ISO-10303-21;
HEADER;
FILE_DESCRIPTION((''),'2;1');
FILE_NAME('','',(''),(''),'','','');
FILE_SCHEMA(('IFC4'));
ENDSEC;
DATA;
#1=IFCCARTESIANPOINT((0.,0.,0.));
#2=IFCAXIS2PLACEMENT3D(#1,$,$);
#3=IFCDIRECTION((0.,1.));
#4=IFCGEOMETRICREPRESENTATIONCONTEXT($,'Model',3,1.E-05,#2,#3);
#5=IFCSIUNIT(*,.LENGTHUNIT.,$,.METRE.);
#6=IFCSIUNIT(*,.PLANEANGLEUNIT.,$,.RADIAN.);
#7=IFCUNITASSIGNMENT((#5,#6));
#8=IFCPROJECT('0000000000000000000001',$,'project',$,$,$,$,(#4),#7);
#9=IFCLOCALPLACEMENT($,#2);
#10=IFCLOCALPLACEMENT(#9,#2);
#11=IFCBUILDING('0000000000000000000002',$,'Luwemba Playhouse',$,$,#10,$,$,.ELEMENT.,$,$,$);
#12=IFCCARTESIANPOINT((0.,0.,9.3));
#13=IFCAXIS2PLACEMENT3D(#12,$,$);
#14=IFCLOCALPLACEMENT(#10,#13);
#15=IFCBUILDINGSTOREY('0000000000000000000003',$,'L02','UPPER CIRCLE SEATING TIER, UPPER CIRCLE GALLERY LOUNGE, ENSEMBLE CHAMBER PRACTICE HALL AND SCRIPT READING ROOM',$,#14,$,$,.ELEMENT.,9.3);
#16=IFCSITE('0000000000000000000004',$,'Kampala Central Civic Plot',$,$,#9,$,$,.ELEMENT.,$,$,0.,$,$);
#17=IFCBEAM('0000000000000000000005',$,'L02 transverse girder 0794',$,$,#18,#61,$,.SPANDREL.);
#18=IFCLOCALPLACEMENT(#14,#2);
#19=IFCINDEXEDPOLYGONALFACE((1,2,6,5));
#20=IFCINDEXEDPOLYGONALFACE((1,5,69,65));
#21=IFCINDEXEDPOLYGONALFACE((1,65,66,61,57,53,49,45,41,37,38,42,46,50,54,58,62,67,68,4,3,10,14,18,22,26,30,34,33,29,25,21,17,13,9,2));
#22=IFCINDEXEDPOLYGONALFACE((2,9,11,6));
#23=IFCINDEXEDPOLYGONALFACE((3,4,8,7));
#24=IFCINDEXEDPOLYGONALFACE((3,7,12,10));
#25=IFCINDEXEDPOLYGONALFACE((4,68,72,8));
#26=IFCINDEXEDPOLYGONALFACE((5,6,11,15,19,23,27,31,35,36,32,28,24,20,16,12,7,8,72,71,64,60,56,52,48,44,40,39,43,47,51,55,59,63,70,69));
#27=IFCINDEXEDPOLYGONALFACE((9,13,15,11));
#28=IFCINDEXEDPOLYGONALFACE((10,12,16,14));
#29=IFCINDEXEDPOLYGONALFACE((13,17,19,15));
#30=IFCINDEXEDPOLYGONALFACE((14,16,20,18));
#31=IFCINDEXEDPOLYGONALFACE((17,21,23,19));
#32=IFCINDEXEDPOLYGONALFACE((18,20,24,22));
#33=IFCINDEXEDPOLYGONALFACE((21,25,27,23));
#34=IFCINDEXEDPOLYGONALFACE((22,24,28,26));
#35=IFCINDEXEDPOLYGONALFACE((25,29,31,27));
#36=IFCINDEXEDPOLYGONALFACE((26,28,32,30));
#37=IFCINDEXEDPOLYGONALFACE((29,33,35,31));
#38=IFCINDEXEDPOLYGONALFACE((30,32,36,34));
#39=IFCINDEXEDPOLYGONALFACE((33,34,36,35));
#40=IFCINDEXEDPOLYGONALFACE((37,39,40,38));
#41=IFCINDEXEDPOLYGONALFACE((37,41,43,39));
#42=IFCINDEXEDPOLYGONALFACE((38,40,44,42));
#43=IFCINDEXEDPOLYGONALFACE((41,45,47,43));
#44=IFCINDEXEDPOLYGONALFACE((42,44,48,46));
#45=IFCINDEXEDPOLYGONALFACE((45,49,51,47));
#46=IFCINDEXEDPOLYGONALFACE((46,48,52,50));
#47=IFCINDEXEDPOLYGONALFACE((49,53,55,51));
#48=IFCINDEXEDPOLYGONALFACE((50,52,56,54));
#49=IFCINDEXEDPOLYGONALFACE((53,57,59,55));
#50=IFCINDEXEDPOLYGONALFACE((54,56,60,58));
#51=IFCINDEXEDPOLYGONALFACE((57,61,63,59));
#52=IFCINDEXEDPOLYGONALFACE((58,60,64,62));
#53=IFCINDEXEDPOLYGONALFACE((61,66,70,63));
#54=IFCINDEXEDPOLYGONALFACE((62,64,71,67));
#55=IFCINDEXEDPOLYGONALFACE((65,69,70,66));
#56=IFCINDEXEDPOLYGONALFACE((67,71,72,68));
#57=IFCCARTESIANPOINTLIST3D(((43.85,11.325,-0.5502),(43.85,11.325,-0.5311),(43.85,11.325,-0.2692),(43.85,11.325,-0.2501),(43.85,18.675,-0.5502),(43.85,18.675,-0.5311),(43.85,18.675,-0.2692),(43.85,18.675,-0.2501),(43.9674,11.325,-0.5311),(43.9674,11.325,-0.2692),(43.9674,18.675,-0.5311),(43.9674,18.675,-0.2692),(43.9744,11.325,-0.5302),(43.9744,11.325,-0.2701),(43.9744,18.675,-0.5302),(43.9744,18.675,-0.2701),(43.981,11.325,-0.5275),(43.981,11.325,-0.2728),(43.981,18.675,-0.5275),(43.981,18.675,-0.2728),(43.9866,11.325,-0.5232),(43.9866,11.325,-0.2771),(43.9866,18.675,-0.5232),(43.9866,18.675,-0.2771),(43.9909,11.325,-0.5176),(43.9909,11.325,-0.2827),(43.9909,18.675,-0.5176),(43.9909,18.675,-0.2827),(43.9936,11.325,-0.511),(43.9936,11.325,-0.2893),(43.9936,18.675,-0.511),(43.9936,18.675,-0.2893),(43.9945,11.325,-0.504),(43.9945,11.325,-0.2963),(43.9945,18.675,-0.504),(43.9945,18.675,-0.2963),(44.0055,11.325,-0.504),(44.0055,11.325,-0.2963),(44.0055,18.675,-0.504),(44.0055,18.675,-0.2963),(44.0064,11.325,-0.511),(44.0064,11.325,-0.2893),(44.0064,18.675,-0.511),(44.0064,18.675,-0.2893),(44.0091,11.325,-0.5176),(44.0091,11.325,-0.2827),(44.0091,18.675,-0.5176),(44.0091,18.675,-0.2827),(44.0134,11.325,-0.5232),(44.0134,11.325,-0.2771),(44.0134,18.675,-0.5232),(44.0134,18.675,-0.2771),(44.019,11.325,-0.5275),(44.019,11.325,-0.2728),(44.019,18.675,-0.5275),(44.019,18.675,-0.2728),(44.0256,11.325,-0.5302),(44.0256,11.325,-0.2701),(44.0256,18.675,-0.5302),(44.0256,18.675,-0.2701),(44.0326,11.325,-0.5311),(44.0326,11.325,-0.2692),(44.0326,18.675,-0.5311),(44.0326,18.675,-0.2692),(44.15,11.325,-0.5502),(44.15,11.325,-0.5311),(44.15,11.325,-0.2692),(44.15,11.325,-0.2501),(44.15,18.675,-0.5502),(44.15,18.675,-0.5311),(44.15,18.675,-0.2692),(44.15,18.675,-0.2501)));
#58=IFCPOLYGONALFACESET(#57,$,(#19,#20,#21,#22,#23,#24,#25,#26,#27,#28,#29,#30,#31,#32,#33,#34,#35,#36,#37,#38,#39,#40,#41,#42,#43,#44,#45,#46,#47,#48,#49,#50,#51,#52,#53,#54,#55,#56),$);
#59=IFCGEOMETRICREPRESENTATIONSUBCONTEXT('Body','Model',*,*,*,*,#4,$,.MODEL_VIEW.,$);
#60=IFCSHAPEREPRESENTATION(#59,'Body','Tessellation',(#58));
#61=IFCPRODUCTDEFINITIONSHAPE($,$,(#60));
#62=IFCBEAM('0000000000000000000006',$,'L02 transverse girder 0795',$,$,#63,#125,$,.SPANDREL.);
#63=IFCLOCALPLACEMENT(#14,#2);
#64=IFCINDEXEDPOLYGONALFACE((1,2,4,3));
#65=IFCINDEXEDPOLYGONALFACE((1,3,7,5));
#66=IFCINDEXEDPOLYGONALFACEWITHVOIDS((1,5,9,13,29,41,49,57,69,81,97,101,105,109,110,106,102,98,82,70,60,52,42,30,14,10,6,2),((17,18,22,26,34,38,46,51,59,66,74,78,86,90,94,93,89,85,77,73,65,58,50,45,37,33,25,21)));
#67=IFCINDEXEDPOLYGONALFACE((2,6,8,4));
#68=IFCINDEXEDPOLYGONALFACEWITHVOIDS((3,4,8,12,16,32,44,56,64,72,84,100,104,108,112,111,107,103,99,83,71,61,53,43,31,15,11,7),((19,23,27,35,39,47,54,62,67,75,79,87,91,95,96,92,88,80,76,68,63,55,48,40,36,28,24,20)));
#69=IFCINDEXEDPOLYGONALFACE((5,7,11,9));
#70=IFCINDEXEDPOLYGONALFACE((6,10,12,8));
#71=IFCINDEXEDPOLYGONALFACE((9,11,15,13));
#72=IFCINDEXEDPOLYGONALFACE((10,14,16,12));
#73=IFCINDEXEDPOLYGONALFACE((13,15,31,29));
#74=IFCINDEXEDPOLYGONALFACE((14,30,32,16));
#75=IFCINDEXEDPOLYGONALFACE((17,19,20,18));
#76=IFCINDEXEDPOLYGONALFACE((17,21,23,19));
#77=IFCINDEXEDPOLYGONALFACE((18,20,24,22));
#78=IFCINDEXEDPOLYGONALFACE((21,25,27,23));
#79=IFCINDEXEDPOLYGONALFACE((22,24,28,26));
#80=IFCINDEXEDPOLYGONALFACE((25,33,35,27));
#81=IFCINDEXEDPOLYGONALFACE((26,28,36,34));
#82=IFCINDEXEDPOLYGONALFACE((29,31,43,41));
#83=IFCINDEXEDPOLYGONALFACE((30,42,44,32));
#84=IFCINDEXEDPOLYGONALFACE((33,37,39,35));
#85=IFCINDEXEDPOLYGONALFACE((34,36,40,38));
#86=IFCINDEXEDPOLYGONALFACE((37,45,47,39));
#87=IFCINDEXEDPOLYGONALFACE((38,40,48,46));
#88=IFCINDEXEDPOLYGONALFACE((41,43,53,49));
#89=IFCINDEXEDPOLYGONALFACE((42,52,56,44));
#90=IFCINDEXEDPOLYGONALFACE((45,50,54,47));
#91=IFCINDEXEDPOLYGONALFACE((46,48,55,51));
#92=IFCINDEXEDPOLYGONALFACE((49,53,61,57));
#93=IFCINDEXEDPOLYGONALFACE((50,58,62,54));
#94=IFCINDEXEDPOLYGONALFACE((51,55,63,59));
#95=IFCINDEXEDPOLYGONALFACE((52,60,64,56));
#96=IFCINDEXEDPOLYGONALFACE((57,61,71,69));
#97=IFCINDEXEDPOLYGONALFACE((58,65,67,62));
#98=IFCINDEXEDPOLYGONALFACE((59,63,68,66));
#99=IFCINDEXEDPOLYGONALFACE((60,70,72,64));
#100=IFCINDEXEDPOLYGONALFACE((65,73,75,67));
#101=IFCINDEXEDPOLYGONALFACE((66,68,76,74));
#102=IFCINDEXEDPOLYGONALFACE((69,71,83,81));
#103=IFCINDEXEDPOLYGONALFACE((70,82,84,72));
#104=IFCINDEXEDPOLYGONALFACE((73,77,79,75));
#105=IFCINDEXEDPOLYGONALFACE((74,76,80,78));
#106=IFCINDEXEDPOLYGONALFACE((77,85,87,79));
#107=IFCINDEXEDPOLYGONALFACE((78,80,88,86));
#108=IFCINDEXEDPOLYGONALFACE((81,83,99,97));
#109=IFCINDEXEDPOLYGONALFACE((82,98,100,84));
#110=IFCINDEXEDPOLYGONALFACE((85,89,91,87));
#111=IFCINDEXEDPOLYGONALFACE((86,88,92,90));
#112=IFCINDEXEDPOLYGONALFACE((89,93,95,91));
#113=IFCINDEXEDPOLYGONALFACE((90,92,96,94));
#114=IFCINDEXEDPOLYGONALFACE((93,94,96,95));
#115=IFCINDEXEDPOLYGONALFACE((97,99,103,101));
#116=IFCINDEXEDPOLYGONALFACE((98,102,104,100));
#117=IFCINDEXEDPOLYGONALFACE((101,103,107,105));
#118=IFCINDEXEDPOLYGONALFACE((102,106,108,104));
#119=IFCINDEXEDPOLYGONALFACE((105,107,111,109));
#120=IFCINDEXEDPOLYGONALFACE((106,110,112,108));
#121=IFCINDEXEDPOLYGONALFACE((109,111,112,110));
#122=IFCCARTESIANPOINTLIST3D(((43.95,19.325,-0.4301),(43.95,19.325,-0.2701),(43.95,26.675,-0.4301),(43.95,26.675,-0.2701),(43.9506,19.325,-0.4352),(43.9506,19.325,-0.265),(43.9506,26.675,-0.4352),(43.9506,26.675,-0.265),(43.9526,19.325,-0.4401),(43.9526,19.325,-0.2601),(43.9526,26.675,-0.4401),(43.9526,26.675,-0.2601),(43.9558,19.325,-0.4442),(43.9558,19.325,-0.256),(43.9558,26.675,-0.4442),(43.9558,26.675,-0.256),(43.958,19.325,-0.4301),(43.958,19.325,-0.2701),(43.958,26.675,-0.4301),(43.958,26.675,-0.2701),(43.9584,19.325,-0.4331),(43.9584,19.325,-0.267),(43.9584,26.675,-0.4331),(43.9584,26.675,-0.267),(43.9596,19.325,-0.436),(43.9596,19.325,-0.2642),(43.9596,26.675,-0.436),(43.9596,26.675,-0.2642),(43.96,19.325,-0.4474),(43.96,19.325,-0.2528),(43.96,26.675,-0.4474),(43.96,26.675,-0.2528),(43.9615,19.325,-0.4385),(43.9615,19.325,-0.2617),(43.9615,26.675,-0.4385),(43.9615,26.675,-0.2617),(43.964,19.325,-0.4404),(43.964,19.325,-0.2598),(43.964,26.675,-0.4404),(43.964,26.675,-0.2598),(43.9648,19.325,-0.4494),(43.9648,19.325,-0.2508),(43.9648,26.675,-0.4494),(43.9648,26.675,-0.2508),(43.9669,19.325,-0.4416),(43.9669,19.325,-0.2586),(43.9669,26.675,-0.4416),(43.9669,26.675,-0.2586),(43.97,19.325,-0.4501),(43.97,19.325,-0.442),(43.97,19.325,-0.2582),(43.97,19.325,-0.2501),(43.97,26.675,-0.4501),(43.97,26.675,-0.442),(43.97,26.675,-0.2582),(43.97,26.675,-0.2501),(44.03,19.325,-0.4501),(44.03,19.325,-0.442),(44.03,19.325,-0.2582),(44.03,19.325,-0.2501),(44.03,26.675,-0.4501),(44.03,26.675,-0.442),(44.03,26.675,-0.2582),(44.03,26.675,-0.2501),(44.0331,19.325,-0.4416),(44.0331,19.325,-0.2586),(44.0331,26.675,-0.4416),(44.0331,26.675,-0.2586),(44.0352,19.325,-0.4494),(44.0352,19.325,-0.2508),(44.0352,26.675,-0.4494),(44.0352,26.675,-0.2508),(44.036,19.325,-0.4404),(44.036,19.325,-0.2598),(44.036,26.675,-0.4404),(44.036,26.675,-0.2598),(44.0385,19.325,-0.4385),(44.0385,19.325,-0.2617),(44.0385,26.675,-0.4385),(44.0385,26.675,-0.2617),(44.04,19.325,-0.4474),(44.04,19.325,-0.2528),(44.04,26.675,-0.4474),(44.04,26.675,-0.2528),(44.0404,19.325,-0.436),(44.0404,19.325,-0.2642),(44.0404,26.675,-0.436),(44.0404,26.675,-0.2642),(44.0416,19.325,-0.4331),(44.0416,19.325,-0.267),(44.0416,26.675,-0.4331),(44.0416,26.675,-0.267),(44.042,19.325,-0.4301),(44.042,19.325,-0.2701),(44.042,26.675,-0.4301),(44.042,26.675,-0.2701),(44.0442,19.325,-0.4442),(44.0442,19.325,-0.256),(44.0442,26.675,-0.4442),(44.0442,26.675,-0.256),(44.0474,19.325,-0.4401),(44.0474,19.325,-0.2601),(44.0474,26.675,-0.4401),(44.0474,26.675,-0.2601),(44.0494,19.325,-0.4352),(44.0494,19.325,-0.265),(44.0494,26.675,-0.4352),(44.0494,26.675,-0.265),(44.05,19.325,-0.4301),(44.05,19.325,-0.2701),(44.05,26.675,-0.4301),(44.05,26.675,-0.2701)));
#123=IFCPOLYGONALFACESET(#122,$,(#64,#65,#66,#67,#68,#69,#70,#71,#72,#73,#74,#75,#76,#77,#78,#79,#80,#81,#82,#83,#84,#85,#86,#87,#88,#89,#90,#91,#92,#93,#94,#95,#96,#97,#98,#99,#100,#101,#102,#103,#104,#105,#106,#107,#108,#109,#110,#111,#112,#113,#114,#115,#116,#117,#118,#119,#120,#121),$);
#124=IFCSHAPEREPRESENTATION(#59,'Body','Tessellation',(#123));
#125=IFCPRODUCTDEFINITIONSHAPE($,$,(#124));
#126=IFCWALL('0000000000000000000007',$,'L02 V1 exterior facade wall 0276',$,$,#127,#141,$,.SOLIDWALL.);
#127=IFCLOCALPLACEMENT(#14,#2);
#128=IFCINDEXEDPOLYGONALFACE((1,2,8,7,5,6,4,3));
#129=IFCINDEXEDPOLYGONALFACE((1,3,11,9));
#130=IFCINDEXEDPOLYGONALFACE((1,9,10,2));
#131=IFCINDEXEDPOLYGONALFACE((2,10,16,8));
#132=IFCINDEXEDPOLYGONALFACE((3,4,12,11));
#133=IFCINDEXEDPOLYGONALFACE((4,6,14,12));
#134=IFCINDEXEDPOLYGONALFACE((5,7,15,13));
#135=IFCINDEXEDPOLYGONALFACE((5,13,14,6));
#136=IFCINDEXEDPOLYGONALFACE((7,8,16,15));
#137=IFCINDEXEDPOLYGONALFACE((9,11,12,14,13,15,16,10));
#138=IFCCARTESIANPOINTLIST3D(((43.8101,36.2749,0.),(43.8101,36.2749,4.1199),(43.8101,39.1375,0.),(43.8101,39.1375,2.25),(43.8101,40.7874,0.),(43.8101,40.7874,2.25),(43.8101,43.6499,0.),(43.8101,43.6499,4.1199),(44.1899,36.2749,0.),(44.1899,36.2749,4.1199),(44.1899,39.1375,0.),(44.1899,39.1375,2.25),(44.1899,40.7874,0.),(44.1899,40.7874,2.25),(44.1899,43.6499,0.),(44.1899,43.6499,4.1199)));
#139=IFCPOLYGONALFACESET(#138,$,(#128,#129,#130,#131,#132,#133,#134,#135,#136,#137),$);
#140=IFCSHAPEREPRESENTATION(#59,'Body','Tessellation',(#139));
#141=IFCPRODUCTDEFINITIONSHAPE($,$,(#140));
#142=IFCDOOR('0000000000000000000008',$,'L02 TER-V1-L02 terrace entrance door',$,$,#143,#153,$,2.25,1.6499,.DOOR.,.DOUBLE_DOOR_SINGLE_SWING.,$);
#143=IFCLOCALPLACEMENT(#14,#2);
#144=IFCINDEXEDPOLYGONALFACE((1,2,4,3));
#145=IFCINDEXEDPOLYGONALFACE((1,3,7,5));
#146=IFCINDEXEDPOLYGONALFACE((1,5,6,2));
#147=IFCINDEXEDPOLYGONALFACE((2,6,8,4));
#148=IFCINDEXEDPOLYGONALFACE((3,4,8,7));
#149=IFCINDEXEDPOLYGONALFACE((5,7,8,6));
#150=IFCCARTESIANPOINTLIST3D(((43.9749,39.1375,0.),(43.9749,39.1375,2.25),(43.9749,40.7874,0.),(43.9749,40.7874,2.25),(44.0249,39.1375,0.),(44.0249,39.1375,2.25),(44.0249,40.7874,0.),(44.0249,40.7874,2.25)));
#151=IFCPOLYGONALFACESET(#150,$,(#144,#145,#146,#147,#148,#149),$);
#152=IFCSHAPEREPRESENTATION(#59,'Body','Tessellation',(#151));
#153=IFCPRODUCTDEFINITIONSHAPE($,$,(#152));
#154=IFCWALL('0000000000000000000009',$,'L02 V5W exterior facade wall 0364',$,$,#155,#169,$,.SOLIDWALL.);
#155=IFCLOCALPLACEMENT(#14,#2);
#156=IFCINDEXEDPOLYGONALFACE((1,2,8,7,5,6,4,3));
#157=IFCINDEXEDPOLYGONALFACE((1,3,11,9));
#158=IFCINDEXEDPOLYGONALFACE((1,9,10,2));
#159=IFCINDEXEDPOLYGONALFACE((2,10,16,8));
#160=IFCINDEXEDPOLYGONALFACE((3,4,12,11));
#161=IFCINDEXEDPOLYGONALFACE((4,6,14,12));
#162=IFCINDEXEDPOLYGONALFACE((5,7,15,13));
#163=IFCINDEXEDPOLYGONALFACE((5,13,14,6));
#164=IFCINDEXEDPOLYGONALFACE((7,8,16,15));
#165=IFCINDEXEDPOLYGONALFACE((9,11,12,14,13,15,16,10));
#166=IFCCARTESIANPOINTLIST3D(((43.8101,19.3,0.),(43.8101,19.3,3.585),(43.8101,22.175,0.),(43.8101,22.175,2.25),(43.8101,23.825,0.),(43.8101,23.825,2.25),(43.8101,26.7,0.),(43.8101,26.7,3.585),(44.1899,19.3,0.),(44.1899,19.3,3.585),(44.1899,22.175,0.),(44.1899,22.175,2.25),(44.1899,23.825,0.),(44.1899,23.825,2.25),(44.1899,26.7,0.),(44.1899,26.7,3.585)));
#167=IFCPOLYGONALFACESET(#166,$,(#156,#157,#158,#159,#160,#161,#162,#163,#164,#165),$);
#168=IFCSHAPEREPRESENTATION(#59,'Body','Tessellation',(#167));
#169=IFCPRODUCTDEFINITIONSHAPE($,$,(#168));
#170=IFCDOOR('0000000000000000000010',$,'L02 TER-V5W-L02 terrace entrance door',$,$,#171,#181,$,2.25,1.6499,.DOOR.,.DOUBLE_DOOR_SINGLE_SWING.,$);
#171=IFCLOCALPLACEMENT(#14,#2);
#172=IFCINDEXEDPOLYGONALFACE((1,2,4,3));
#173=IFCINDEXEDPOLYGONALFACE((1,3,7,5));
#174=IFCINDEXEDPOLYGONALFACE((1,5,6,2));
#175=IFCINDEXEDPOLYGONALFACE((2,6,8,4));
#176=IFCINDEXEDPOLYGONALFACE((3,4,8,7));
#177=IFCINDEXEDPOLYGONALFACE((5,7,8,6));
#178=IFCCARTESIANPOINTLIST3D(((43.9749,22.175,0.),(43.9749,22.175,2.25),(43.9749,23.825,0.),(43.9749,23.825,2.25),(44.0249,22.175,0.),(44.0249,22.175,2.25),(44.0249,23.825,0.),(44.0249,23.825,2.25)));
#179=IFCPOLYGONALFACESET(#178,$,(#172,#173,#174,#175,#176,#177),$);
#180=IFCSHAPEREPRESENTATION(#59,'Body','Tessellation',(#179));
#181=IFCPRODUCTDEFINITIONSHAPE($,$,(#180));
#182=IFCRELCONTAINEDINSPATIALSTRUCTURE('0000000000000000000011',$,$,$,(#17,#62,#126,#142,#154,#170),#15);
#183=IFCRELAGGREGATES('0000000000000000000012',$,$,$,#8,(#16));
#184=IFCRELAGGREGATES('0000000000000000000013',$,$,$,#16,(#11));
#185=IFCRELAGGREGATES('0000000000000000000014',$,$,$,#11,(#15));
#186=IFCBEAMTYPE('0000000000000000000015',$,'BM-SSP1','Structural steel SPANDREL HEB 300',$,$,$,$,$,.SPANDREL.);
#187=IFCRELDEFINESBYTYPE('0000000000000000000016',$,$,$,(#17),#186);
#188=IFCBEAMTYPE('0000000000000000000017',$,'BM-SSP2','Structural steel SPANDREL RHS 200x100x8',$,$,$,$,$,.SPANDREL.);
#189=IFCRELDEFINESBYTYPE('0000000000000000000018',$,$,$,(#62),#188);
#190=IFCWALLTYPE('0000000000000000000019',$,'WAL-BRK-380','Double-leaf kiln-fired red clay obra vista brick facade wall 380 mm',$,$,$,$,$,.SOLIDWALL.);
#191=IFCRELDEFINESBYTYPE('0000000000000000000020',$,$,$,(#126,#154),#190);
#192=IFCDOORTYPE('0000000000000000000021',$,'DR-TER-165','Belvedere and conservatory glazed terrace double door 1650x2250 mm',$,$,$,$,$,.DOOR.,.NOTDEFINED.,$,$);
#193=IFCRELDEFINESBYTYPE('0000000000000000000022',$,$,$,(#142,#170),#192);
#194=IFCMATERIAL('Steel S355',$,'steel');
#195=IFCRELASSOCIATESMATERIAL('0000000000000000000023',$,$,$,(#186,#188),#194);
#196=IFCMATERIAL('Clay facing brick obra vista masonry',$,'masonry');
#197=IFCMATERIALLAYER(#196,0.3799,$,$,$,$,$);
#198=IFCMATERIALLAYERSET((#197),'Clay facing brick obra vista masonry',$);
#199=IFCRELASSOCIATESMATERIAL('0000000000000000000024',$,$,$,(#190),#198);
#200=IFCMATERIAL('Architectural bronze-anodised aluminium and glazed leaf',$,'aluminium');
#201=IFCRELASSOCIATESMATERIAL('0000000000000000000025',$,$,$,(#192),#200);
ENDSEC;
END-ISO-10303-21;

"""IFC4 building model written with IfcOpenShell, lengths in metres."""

from ifc_helpers import new_model, si_unit, direction, frame, frame_2d, origin, origin_2d, place, context, subcontext, project, spatial, rectangle, hollow_rectangle, i_section, extrude, material, layer, layer_set, material_profile, profile_set, type_object, element, fill, save


model = new_model("IFC4")

# Units and contexts
model_context = context("Model", 3, precision=1e-05, world=origin(), true_north=direction((0.0, 1.0)))
body_context = subcontext(model_context, "Body", "Model", "MODEL_VIEW")
ifc_project = project(units=[si_unit("LENGTHUNIT", "METRE"), si_unit("PLANEANGLEUNIT", "RADIAN")], contexts=[model_context])

# Site, building, storey
site_placement = place(None, origin())
site = spatial("IfcSite", under=ifc_project, at=site_placement, Name="Kampala Central Civic Plot", CompositionType="ELEMENT", RefElevation=0.0)
building_placement = place(site_placement, origin())
building = spatial("IfcBuilding", under=site, at=building_placement, Name="Luwemba Playhouse", CompositionType="ELEMENT")
storey_placement = place(building_placement, frame((0.0, 0.0, 9.3)))
storey = spatial("IfcBuildingStorey", under=building, at=storey_placement, Name="L02", Description="UPPER CIRCLE SEATING TIER, UPPER CIRCLE GALLERY LOUNGE, ENSEMBLE CHAMBER PRACTICE HALL AND SCRIPT READING ROOM", CompositionType="ELEMENT", Elevation=9.3)

# Shared definitions
ifc_material_1 = material(Name="Steel S355", Category="steel")

# Beams
ifc_material_profile_1 = material_profile(ifc_material_1, i_section(OverallWidth=0.3, OverallDepth=0.3, WebThickness=0.011, FlangeThickness=0.019, FilletRadius=0.0271, at=origin_2d()))
ifc_profile_set_1 = profile_set([ifc_material_profile_1], Name="Steel S355")
beam_type_1 = type_object("IfcBeamType", Name="BM-SSP1", Description="Structural steel SPANDREL HEB 300", PredefinedType="SPANDREL", material=ifc_profile_set_1)
beam_1_placement = place(storey_placement, frame((44.0, 11.325, -0.4001), z_axis=(0.0, 1.0, 0.0), x_axis=(-1.0, 0.0, 0.0)))
element("IfcBeam", 1, at=beam_1_placement, inside=storey, type_object=beam_type_1, Name="L02 transverse girder 0794", PredefinedType="SPANDREL", context=body_context, shape_type="SweptSolid", body=[
    extrude(i_section(OverallWidth=0.3, OverallDepth=0.3, WebThickness=0.011, FlangeThickness=0.019, FilletRadius=0.0271, at=origin_2d()), origin(), (0.0, 0.0, 1.0), 7.3501),
])
ifc_material_profile_2 = material_profile(ifc_material_1, hollow_rectangle(XDim=0.1001, YDim=0.2, WallThickness=0.0081, InnerFilletRadius=0.012, OuterFilletRadius=0.02, at=origin_2d()))
ifc_profile_set_2 = profile_set([ifc_material_profile_2], Name="Steel S355")
beam_type_2 = type_object("IfcBeamType", Name="BM-SSP2", Description="Structural steel SPANDREL RHS 200x100x8", PredefinedType="SPANDREL", material=ifc_profile_set_2)
beam_2_placement = place(storey_placement, frame((44.0, 19.325, -0.3501), z_axis=(0.0, 1.0, 0.0), x_axis=(-1.0, 0.0, 0.0)))
element("IfcBeam", 2, at=beam_2_placement, inside=storey, type_object=beam_type_2, Name="L02 transverse girder 0795", PredefinedType="SPANDREL", context=body_context, shape_type="SweptSolid", body=[
    extrude(hollow_rectangle(XDim=0.1001, YDim=0.2, WallThickness=0.0081, InnerFilletRadius=0.012, OuterFilletRadius=0.02, at=origin_2d()), origin(), (0.0, 0.0, 1.0), 7.3501),
])

# Walls, openings, doors
ifc_material_2 = material(Name="Clay facing brick obra vista masonry", Category="masonry")
ifc_layer_1 = layer(ifc_material_2, 0.3799)
ifc_layer_set_1 = layer_set([ifc_layer_1], Name="Clay facing brick obra vista masonry")
wall_type_1 = type_object("IfcWallType", Name="WAL-BRK-380", Description="Double-leaf kiln-fired red clay obra vista brick facade wall 380 mm", PredefinedType="SOLIDWALL", material=ifc_layer_set_1)
wall_1_placement = place(storey_placement, frame((44.0, 43.6499, 0.0), z_axis=(0.0, 0.0, 1.0), x_axis=(0.0, -1.0, 0.0)))
wall_1 = element("IfcWall", 3, at=wall_1_placement, inside=storey, type_object=wall_type_1, Name="L02 V1 exterior facade wall 0276", PredefinedType="SOLIDWALL", context=body_context, shape_type="SweptSolid", body=[
    extrude(rectangle(XDim=7.375, YDim=0.3799, at=frame_2d((3.6875, 0.0))), origin(), (0.0, 0.0, 1.0), 4.1199),
])
opening_1_placement = place(wall_1_placement, frame((2.8625, 0.0, 0.0)))
opening_1 = element("IfcOpeningElement", 4, at=opening_1_placement, cuts=wall_1, PredefinedType="OPENING", context=body_context, shape_type="SweptSolid", body=[
    extrude(rectangle(XDim=1.6499, YDim=2.25, at=frame_2d((0.825, 1.125))), frame((0.0, 0.2, 0.0), z_axis=(0.0, -1.0, 0.0), x_axis=(1.0, 0.0, 0.0)), (0.0, 0.0, 1.0), 0.3999),
])
ifc_material_3 = material(Name="Architectural bronze-anodised aluminium and glazed leaf", Category="aluminium")
door_type = type_object("IfcDoorType", Name="DR-TER-165", Description="Belvedere and conservatory glazed terrace double door 1650x2250 mm", OperationType="NOTDEFINED", PredefinedType="DOOR", material=ifc_material_3)
door_1_placement = place(opening_1_placement, origin())
door_1 = element("IfcDoor", 5, at=door_1_placement, inside=storey, type_object=door_type, Name="L02 TER-V1-L02 terrace entrance door", OperationType="DOUBLE_DOOR_SINGLE_SWING", OverallHeight=2.25, OverallWidth=1.6499, PredefinedType="DOOR", context=body_context, shape_type="SweptSolid", body=[
    extrude(rectangle(XDim=1.6499, YDim=2.25, at=frame_2d((0.825, 1.125))), frame((0.0, 0.0249, 0.0), z_axis=(0.0, -1.0, 0.0), x_axis=(1.0, 0.0, 0.0)), (0.0, 0.0, 1.0), 0.05),
])
fill(opening_1, door_1)
wall_2_placement = place(storey_placement, frame((44.0, 26.7, 0.0), z_axis=(0.0, 0.0, 1.0), x_axis=(0.0, -1.0, 0.0)))
wall_2 = element("IfcWall", 6, at=wall_2_placement, inside=storey, type_object=wall_type_1, Name="L02 V5W exterior facade wall 0364", PredefinedType="SOLIDWALL", context=body_context, shape_type="SweptSolid", body=[
    extrude(rectangle(XDim=7.3999, YDim=0.3799, at=frame_2d((3.7, 0.0))), origin(), (0.0, 0.0, 1.0), 3.585),
])
opening_2_placement = place(wall_2_placement, frame((2.875, 0.0, 0.0)))
opening_2 = element("IfcOpeningElement", 7, at=opening_2_placement, cuts=wall_2, PredefinedType="OPENING", context=body_context, shape_type="SweptSolid", body=[
    extrude(rectangle(XDim=1.6499, YDim=2.25, at=frame_2d((0.825, 1.125))), frame((0.0, 0.2, 0.0), z_axis=(0.0, -1.0, 0.0), x_axis=(1.0, 0.0, 0.0)), (0.0, 0.0, 1.0), 0.3999),
])
door_2_placement = place(opening_2_placement, origin())
door_2 = element("IfcDoor", 8, at=door_2_placement, inside=storey, type_object=door_type, Name="L02 TER-V5W-L02 terrace entrance door", OperationType="DOUBLE_DOOR_SINGLE_SWING", OverallHeight=2.25, OverallWidth=1.6499, PredefinedType="DOOR", context=body_context, shape_type="SweptSolid", body=[
    extrude(rectangle(XDim=1.6499, YDim=2.25, at=frame_2d((0.825, 1.125))), frame((0.0, 0.0249, 0.0), z_axis=(0.0, -1.0, 0.0), x_axis=(1.0, 0.0, 0.0)), (0.0, 0.0, 1.0), 0.05),
])
fill(opening_2, door_2)

save(model, "model.ifc")
